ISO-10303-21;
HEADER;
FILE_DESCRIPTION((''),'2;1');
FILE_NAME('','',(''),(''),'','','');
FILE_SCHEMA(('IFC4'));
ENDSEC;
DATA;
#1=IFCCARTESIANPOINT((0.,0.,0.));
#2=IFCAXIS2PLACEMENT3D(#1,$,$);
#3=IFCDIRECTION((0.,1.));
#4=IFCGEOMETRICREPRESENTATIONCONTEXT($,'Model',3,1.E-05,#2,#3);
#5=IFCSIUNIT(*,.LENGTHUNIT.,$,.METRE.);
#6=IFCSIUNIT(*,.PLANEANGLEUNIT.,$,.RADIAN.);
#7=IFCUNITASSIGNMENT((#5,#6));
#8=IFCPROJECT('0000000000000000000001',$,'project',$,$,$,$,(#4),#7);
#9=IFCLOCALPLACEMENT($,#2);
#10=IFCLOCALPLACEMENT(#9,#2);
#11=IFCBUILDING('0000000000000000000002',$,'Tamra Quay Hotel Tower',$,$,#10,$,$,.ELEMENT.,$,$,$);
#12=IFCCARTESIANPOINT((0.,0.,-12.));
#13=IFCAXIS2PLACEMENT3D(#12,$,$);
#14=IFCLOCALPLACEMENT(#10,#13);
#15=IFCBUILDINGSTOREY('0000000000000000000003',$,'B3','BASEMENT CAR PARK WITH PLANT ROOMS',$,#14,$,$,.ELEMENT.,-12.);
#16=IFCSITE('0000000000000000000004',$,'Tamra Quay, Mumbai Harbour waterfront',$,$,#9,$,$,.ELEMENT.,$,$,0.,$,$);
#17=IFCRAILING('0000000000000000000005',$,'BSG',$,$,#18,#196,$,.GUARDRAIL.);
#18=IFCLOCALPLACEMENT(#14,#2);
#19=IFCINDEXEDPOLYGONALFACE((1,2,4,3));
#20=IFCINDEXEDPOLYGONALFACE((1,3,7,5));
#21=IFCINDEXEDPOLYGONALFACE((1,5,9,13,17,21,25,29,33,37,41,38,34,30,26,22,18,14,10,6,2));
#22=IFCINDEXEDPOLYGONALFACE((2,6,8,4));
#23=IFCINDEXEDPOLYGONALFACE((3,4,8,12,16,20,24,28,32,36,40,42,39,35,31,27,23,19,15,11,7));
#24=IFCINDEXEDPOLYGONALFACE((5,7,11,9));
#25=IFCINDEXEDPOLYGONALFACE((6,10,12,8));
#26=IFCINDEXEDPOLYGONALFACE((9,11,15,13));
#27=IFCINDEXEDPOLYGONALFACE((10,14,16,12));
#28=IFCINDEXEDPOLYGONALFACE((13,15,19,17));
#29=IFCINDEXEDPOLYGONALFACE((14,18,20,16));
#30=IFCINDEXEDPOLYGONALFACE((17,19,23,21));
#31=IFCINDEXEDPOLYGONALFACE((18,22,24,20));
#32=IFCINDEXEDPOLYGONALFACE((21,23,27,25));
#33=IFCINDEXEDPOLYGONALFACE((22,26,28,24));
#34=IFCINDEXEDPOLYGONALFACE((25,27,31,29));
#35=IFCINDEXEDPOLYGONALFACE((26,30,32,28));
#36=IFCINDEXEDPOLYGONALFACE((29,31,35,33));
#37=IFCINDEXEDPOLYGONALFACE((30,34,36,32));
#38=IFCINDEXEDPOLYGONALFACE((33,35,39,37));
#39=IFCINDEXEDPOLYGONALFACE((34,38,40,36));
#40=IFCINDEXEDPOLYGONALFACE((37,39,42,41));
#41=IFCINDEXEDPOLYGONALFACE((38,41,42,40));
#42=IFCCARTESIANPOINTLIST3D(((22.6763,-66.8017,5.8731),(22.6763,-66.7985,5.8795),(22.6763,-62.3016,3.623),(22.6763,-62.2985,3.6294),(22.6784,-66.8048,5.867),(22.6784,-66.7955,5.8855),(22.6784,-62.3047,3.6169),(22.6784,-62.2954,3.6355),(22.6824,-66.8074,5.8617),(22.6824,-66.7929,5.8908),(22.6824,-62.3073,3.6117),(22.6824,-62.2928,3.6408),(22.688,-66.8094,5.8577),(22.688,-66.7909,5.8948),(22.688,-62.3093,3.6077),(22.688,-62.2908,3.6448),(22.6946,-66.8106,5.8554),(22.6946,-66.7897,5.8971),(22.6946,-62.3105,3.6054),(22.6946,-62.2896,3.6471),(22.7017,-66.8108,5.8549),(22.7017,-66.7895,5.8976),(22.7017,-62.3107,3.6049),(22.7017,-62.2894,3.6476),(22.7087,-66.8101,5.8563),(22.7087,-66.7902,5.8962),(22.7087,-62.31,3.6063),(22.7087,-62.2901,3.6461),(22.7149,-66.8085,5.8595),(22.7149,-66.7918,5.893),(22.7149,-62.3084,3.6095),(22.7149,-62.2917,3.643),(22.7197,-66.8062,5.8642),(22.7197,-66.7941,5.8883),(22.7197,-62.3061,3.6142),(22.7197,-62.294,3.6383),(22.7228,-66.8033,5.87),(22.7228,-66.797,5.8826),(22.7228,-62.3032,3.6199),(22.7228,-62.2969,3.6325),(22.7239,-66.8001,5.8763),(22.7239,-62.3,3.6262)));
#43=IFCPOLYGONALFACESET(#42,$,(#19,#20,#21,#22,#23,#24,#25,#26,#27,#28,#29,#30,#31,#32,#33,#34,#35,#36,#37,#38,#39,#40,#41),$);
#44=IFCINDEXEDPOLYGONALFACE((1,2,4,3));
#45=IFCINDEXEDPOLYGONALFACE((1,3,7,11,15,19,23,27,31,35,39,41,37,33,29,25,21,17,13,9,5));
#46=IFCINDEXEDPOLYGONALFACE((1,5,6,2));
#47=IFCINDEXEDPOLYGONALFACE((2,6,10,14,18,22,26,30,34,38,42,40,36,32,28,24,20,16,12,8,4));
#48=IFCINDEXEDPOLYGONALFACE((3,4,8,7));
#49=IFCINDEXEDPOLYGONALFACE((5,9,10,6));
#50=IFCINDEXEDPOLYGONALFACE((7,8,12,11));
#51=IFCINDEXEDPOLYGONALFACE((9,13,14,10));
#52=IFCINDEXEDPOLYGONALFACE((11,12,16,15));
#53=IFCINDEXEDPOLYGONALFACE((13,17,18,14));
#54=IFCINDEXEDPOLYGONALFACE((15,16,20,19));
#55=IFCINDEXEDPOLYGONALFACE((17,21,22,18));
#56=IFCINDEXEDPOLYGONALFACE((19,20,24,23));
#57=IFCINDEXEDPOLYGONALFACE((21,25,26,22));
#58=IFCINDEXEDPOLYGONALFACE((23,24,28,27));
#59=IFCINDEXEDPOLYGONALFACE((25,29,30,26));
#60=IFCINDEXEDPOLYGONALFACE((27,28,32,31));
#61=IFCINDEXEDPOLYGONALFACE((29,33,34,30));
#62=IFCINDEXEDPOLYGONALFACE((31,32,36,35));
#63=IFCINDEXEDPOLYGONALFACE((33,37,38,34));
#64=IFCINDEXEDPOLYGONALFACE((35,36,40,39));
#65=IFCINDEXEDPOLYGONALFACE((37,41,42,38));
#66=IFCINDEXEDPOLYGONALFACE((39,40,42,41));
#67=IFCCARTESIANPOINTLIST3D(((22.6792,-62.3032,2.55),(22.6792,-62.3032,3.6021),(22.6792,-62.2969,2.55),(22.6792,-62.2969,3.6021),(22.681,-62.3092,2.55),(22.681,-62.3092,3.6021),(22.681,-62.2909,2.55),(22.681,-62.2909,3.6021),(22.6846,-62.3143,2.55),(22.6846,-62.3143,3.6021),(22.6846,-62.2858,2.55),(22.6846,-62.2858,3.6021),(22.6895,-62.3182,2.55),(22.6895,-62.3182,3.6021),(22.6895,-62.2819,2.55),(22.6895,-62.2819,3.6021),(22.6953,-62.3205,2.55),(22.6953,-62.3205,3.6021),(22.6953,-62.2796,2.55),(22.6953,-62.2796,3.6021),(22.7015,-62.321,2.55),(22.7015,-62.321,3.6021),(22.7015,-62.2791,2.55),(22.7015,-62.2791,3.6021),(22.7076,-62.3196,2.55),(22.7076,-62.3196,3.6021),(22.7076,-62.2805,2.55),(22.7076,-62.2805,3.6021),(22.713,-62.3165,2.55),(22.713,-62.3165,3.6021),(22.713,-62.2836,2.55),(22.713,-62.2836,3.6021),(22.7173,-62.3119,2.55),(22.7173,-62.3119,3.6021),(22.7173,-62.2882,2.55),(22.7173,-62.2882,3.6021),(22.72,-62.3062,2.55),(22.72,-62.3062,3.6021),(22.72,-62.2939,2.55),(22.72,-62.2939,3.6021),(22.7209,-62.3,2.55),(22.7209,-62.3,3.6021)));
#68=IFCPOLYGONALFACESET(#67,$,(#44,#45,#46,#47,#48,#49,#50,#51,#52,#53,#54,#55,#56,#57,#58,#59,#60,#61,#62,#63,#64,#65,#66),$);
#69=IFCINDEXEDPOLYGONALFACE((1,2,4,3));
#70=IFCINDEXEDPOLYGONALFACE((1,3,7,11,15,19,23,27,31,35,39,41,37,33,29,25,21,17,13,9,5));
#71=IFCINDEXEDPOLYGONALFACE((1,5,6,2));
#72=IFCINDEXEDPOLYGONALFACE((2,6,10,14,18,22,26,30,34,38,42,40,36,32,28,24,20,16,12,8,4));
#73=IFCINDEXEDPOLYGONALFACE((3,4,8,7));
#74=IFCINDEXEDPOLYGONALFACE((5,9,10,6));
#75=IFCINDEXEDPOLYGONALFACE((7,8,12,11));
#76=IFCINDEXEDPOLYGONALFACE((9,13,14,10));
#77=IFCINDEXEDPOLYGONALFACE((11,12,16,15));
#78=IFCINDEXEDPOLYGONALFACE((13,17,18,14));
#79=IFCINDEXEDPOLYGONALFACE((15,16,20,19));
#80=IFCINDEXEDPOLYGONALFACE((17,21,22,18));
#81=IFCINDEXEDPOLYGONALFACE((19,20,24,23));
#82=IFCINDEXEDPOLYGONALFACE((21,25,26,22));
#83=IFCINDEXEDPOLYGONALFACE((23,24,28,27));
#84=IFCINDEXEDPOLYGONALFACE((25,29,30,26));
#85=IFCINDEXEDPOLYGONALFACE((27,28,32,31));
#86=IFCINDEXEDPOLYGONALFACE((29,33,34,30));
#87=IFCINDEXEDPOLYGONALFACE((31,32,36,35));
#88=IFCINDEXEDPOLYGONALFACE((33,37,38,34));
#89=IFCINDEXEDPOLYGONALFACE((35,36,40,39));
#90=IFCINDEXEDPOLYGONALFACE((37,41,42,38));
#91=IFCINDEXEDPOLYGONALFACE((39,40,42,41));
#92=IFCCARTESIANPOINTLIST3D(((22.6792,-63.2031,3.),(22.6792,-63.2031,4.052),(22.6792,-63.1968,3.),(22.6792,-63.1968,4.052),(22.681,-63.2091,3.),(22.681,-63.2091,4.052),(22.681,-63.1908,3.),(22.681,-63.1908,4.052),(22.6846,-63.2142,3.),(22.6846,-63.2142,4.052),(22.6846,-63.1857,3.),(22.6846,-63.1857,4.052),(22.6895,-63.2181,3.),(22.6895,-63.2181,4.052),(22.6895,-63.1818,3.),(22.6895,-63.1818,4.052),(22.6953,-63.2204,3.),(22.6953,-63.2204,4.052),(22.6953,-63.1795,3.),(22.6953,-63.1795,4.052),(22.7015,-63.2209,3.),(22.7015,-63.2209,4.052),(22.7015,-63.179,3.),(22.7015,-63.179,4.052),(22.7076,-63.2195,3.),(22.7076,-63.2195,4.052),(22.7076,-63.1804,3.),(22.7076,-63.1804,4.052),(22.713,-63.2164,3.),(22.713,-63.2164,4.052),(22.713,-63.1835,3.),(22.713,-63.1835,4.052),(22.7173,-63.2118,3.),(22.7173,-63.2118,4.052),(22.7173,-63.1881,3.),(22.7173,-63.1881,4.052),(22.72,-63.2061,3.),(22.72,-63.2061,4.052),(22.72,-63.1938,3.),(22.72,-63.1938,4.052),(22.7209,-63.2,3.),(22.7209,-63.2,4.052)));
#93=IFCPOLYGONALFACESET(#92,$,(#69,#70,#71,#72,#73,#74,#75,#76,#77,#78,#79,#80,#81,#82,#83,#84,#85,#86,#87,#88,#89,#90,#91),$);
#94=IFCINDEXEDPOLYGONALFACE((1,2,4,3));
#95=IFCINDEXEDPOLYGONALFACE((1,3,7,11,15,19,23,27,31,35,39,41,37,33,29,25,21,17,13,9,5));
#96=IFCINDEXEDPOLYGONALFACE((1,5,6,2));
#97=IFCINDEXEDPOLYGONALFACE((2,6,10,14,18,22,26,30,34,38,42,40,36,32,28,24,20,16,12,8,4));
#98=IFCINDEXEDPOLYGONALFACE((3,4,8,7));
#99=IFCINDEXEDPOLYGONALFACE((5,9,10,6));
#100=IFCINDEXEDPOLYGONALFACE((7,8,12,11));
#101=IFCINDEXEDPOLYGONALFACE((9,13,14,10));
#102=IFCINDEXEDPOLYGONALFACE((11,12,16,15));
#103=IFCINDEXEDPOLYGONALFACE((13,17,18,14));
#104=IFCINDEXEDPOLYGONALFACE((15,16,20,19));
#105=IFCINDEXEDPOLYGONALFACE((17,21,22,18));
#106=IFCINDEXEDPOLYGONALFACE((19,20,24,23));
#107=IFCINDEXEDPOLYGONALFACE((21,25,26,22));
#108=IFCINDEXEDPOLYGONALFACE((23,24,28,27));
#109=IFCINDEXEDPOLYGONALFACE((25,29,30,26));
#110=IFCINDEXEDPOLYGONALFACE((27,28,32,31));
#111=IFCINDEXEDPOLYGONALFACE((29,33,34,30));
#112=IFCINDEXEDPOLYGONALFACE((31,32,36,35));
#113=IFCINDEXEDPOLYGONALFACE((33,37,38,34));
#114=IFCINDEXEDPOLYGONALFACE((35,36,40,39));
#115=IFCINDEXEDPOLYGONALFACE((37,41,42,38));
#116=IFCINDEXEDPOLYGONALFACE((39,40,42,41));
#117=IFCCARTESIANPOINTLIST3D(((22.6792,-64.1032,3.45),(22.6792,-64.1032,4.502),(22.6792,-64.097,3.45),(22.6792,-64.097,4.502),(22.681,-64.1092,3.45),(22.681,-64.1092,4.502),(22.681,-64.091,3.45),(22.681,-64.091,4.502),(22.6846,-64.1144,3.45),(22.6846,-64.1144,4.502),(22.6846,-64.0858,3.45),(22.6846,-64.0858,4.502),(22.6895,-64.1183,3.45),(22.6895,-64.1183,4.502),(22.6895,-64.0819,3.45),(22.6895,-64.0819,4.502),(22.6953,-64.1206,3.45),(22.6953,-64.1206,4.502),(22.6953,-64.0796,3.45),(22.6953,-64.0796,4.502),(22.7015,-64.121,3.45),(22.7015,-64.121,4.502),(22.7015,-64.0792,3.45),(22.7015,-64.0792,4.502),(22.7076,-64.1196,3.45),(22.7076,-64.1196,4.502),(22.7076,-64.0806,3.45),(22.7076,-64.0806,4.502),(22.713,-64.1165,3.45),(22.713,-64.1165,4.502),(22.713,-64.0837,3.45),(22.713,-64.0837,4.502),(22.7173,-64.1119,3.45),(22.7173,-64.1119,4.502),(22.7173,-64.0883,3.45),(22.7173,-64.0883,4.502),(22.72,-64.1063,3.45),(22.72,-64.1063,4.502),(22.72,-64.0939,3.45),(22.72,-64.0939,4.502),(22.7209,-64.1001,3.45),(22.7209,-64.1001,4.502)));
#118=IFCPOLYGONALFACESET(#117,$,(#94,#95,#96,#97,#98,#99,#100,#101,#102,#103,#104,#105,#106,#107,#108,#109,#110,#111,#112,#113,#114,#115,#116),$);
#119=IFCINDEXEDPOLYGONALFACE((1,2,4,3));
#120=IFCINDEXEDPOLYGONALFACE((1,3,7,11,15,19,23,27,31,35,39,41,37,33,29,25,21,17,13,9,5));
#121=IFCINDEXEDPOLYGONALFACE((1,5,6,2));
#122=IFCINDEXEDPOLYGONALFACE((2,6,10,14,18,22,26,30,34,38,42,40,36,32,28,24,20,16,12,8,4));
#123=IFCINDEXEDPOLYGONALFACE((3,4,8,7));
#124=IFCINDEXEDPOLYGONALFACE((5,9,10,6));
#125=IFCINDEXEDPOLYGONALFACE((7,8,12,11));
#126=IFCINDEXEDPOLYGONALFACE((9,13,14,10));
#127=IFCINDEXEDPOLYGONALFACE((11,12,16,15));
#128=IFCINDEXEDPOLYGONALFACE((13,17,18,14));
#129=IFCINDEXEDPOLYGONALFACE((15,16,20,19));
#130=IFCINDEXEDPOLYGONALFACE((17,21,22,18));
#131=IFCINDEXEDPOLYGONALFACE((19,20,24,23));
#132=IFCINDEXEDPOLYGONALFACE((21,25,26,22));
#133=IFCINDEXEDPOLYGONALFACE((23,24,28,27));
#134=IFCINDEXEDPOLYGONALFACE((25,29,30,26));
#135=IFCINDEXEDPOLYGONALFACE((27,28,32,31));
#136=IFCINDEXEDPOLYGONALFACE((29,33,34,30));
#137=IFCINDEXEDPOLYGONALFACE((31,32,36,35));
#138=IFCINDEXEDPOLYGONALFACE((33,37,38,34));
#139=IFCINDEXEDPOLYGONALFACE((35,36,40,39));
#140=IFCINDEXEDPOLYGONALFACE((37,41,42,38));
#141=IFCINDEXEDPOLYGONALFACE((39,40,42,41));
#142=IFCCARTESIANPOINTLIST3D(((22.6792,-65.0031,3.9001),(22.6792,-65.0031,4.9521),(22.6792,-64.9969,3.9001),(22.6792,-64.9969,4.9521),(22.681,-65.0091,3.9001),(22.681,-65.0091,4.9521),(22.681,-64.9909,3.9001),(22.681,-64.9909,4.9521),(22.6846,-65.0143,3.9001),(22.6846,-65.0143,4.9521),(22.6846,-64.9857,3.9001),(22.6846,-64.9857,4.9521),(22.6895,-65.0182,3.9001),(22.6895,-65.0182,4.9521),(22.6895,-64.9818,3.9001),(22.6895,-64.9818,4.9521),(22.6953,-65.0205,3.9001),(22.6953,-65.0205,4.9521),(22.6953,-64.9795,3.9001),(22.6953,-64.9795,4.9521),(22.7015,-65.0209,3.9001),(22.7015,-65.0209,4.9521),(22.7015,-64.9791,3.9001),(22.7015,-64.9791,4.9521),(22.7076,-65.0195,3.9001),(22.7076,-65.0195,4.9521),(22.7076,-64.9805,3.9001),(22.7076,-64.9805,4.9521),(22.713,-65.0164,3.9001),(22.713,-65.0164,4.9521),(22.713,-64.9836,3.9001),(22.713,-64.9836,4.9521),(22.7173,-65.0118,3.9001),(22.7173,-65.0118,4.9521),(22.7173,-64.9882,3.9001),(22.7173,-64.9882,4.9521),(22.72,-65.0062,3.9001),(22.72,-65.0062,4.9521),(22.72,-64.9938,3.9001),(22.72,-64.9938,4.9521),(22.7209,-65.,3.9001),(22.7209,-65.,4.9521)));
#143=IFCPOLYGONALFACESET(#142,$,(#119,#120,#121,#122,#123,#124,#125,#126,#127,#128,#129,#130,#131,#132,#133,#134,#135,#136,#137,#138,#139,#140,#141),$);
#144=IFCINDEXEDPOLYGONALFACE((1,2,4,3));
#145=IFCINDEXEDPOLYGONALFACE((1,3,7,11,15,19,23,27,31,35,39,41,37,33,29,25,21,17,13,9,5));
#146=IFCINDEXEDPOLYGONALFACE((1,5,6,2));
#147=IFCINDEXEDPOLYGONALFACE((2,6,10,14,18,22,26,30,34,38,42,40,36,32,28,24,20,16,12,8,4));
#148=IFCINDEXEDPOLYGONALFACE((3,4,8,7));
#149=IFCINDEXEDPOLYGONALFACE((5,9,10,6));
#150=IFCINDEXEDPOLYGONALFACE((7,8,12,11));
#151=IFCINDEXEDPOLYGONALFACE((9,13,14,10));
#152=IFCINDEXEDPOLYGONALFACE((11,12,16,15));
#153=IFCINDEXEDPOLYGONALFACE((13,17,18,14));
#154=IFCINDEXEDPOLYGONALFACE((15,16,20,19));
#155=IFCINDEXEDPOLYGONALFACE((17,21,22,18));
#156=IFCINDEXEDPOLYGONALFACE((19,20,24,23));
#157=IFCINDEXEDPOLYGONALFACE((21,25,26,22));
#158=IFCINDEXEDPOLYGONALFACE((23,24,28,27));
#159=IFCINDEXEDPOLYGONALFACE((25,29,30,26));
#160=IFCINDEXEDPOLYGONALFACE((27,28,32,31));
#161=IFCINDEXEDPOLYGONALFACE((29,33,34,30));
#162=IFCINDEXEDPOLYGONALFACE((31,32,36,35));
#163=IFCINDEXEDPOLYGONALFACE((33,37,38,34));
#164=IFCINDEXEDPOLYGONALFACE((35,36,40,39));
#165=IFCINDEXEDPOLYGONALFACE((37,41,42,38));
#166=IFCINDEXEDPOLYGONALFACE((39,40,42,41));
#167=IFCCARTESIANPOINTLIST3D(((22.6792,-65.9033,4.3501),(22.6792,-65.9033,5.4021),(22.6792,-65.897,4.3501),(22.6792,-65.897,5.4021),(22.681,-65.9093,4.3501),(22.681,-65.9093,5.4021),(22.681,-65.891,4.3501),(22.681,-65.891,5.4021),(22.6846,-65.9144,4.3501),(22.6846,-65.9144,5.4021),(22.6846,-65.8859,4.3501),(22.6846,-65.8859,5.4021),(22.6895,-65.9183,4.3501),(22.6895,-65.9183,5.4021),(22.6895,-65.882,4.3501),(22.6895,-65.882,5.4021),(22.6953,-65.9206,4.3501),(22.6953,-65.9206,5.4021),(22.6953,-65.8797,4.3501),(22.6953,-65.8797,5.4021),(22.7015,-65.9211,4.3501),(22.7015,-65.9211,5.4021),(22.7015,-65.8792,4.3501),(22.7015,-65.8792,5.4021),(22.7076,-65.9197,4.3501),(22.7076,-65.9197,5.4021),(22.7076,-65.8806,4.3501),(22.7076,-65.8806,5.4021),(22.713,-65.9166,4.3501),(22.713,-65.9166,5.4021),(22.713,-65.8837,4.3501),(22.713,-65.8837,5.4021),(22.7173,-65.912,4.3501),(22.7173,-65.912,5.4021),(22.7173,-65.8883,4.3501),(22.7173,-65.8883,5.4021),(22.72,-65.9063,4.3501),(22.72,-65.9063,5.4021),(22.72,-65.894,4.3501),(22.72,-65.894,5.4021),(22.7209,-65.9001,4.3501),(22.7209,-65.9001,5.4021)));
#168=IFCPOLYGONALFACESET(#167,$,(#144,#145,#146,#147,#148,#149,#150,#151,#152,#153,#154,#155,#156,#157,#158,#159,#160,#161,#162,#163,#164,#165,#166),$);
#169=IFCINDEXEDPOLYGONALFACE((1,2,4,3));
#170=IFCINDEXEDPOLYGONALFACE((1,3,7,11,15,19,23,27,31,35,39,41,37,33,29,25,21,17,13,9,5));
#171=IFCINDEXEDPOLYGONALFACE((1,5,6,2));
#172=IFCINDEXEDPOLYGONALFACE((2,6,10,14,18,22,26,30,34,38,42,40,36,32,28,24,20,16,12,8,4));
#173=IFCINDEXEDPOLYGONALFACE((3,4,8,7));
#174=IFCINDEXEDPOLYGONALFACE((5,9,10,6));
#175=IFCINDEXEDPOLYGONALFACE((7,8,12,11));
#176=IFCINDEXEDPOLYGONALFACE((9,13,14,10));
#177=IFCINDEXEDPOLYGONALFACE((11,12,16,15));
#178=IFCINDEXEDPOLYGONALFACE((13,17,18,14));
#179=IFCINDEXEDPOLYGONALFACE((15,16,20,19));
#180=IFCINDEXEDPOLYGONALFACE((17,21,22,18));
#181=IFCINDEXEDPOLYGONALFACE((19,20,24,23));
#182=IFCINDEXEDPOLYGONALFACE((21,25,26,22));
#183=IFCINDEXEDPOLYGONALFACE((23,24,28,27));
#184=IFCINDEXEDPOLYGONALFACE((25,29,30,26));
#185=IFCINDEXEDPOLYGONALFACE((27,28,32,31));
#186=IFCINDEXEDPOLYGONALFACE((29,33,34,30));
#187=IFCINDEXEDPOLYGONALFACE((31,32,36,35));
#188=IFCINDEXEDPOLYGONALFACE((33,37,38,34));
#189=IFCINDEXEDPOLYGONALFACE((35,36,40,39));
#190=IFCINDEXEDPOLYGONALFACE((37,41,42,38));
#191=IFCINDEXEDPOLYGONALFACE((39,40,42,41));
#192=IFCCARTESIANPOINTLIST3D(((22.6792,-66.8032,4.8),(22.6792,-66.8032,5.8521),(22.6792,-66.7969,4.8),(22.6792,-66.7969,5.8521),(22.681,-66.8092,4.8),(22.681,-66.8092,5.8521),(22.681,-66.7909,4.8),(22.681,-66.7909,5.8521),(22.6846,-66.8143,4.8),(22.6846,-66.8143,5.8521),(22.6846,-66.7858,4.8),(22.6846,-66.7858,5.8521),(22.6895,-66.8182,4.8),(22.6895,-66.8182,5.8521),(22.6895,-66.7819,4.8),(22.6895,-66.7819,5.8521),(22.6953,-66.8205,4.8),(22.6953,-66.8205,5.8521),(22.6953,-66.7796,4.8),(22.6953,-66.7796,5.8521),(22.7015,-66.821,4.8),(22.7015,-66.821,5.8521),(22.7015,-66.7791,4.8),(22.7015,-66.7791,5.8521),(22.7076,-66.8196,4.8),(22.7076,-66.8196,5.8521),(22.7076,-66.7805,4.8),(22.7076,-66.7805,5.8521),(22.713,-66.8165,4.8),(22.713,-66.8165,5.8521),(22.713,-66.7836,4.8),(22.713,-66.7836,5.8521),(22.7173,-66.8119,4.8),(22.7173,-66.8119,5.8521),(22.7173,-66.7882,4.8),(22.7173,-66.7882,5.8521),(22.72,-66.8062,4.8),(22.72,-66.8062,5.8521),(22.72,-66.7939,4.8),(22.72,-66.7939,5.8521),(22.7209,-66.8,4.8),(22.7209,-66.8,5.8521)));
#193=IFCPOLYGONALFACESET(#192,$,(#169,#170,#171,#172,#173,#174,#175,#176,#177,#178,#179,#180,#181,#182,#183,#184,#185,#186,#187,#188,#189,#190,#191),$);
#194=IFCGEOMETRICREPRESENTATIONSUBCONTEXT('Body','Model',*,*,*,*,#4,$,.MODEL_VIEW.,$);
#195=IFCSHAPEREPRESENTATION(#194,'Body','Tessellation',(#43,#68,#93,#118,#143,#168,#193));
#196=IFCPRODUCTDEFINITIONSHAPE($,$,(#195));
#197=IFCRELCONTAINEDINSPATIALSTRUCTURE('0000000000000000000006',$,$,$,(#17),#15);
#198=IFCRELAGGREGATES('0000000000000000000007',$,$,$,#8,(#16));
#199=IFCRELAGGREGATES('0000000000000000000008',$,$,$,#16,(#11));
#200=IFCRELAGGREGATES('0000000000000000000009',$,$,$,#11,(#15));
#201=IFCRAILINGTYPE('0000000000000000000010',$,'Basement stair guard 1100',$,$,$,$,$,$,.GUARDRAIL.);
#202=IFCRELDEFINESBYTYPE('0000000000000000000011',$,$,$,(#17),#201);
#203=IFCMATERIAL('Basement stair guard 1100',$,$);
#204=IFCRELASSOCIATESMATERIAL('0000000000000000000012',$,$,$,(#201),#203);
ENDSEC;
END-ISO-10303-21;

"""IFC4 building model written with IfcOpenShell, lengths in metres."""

from ifc_helpers import new_model, si_unit, direction, frame, origin, origin_2d, place, context, subcontext, project, spatial, circle, extrude, material, type_object, element, save


model = new_model("IFC4")

# Units and contexts
model_context = context("Model", 3, precision=1e-05, world=origin(), true_north=direction((0.0, 1.0)))
body_context = subcontext(model_context, "Body", "Model", "MODEL_VIEW")
ifc_project = project(units=[si_unit("LENGTHUNIT", "METRE"), si_unit("PLANEANGLEUNIT", "RADIAN")], contexts=[model_context])

# Site, building, storey
site_placement = place(None, origin())
site = spatial("IfcSite", under=ifc_project, at=site_placement, Name="Tamra Quay, Mumbai Harbour waterfront", CompositionType="ELEMENT", RefElevation=0.0)
building_placement = place(site_placement, origin())
building = spatial("IfcBuilding", under=site, at=building_placement, Name="Tamra Quay Hotel Tower", CompositionType="ELEMENT")
storey_placement = place(building_placement, frame((0.0, 0.0, -12.0)))
storey = spatial("IfcBuildingStorey", under=building, at=storey_placement, Name="B3", Description="BASEMENT CAR PARK WITH PLANT ROOMS", CompositionType="ELEMENT", Elevation=-12.0)

# Railing
ifc_material_1 = material(Name="Basement stair guard 1100")
railing_type_1 = type_object("IfcRailingType", Name="Basement stair guard 1100", PredefinedType="GUARDRAIL", material=ifc_material_1)
railing_1_placement = place(storey_placement, frame((22.7, -62.3, 2.55)))
element("IfcRailing", 1, at=railing_1_placement, inside=storey, type_object=railing_type_1, Name="BSG", PredefinedType="GUARDRAIL", context=body_context, shape_type="SweptSolid", body=[
    extrude(circle(Radius=0.0239, at=origin_2d()), frame((0.0, 0.0, 1.0762), z_axis=(0.0, -0.894427, 0.447214), x_axis=(1.0, 0.0, 0.0)), (0.0, 0.0, 1.0), 5.0312),
    extrude(circle(Radius=0.021, at=origin_2d()), origin(), (0.0, 0.0, 1.0), 1.052),
    extrude(circle(Radius=0.021, at=origin_2d()), frame((0.0, -0.8999, 0.45)), (0.0, 0.0, 1.0), 1.052),
    extrude(circle(Radius=0.021, at=origin_2d()), frame((0.0, -1.8, 0.8999)), (0.0, 0.0, 1.0), 1.052),
    extrude(circle(Radius=0.021, at=origin_2d()), frame((0.0, -2.7, 1.3501)), (0.0, 0.0, 1.0), 1.052),
    extrude(circle(Radius=0.021, at=origin_2d()), frame((0.0, -3.6001, 1.8)), (0.0, 0.0, 1.0), 1.052),
    extrude(circle(Radius=0.021, at=origin_2d()), frame((0.0, -4.5, 2.25)), (0.0, 0.0, 1.0), 1.052),
])

save(model, "model.ifc")
